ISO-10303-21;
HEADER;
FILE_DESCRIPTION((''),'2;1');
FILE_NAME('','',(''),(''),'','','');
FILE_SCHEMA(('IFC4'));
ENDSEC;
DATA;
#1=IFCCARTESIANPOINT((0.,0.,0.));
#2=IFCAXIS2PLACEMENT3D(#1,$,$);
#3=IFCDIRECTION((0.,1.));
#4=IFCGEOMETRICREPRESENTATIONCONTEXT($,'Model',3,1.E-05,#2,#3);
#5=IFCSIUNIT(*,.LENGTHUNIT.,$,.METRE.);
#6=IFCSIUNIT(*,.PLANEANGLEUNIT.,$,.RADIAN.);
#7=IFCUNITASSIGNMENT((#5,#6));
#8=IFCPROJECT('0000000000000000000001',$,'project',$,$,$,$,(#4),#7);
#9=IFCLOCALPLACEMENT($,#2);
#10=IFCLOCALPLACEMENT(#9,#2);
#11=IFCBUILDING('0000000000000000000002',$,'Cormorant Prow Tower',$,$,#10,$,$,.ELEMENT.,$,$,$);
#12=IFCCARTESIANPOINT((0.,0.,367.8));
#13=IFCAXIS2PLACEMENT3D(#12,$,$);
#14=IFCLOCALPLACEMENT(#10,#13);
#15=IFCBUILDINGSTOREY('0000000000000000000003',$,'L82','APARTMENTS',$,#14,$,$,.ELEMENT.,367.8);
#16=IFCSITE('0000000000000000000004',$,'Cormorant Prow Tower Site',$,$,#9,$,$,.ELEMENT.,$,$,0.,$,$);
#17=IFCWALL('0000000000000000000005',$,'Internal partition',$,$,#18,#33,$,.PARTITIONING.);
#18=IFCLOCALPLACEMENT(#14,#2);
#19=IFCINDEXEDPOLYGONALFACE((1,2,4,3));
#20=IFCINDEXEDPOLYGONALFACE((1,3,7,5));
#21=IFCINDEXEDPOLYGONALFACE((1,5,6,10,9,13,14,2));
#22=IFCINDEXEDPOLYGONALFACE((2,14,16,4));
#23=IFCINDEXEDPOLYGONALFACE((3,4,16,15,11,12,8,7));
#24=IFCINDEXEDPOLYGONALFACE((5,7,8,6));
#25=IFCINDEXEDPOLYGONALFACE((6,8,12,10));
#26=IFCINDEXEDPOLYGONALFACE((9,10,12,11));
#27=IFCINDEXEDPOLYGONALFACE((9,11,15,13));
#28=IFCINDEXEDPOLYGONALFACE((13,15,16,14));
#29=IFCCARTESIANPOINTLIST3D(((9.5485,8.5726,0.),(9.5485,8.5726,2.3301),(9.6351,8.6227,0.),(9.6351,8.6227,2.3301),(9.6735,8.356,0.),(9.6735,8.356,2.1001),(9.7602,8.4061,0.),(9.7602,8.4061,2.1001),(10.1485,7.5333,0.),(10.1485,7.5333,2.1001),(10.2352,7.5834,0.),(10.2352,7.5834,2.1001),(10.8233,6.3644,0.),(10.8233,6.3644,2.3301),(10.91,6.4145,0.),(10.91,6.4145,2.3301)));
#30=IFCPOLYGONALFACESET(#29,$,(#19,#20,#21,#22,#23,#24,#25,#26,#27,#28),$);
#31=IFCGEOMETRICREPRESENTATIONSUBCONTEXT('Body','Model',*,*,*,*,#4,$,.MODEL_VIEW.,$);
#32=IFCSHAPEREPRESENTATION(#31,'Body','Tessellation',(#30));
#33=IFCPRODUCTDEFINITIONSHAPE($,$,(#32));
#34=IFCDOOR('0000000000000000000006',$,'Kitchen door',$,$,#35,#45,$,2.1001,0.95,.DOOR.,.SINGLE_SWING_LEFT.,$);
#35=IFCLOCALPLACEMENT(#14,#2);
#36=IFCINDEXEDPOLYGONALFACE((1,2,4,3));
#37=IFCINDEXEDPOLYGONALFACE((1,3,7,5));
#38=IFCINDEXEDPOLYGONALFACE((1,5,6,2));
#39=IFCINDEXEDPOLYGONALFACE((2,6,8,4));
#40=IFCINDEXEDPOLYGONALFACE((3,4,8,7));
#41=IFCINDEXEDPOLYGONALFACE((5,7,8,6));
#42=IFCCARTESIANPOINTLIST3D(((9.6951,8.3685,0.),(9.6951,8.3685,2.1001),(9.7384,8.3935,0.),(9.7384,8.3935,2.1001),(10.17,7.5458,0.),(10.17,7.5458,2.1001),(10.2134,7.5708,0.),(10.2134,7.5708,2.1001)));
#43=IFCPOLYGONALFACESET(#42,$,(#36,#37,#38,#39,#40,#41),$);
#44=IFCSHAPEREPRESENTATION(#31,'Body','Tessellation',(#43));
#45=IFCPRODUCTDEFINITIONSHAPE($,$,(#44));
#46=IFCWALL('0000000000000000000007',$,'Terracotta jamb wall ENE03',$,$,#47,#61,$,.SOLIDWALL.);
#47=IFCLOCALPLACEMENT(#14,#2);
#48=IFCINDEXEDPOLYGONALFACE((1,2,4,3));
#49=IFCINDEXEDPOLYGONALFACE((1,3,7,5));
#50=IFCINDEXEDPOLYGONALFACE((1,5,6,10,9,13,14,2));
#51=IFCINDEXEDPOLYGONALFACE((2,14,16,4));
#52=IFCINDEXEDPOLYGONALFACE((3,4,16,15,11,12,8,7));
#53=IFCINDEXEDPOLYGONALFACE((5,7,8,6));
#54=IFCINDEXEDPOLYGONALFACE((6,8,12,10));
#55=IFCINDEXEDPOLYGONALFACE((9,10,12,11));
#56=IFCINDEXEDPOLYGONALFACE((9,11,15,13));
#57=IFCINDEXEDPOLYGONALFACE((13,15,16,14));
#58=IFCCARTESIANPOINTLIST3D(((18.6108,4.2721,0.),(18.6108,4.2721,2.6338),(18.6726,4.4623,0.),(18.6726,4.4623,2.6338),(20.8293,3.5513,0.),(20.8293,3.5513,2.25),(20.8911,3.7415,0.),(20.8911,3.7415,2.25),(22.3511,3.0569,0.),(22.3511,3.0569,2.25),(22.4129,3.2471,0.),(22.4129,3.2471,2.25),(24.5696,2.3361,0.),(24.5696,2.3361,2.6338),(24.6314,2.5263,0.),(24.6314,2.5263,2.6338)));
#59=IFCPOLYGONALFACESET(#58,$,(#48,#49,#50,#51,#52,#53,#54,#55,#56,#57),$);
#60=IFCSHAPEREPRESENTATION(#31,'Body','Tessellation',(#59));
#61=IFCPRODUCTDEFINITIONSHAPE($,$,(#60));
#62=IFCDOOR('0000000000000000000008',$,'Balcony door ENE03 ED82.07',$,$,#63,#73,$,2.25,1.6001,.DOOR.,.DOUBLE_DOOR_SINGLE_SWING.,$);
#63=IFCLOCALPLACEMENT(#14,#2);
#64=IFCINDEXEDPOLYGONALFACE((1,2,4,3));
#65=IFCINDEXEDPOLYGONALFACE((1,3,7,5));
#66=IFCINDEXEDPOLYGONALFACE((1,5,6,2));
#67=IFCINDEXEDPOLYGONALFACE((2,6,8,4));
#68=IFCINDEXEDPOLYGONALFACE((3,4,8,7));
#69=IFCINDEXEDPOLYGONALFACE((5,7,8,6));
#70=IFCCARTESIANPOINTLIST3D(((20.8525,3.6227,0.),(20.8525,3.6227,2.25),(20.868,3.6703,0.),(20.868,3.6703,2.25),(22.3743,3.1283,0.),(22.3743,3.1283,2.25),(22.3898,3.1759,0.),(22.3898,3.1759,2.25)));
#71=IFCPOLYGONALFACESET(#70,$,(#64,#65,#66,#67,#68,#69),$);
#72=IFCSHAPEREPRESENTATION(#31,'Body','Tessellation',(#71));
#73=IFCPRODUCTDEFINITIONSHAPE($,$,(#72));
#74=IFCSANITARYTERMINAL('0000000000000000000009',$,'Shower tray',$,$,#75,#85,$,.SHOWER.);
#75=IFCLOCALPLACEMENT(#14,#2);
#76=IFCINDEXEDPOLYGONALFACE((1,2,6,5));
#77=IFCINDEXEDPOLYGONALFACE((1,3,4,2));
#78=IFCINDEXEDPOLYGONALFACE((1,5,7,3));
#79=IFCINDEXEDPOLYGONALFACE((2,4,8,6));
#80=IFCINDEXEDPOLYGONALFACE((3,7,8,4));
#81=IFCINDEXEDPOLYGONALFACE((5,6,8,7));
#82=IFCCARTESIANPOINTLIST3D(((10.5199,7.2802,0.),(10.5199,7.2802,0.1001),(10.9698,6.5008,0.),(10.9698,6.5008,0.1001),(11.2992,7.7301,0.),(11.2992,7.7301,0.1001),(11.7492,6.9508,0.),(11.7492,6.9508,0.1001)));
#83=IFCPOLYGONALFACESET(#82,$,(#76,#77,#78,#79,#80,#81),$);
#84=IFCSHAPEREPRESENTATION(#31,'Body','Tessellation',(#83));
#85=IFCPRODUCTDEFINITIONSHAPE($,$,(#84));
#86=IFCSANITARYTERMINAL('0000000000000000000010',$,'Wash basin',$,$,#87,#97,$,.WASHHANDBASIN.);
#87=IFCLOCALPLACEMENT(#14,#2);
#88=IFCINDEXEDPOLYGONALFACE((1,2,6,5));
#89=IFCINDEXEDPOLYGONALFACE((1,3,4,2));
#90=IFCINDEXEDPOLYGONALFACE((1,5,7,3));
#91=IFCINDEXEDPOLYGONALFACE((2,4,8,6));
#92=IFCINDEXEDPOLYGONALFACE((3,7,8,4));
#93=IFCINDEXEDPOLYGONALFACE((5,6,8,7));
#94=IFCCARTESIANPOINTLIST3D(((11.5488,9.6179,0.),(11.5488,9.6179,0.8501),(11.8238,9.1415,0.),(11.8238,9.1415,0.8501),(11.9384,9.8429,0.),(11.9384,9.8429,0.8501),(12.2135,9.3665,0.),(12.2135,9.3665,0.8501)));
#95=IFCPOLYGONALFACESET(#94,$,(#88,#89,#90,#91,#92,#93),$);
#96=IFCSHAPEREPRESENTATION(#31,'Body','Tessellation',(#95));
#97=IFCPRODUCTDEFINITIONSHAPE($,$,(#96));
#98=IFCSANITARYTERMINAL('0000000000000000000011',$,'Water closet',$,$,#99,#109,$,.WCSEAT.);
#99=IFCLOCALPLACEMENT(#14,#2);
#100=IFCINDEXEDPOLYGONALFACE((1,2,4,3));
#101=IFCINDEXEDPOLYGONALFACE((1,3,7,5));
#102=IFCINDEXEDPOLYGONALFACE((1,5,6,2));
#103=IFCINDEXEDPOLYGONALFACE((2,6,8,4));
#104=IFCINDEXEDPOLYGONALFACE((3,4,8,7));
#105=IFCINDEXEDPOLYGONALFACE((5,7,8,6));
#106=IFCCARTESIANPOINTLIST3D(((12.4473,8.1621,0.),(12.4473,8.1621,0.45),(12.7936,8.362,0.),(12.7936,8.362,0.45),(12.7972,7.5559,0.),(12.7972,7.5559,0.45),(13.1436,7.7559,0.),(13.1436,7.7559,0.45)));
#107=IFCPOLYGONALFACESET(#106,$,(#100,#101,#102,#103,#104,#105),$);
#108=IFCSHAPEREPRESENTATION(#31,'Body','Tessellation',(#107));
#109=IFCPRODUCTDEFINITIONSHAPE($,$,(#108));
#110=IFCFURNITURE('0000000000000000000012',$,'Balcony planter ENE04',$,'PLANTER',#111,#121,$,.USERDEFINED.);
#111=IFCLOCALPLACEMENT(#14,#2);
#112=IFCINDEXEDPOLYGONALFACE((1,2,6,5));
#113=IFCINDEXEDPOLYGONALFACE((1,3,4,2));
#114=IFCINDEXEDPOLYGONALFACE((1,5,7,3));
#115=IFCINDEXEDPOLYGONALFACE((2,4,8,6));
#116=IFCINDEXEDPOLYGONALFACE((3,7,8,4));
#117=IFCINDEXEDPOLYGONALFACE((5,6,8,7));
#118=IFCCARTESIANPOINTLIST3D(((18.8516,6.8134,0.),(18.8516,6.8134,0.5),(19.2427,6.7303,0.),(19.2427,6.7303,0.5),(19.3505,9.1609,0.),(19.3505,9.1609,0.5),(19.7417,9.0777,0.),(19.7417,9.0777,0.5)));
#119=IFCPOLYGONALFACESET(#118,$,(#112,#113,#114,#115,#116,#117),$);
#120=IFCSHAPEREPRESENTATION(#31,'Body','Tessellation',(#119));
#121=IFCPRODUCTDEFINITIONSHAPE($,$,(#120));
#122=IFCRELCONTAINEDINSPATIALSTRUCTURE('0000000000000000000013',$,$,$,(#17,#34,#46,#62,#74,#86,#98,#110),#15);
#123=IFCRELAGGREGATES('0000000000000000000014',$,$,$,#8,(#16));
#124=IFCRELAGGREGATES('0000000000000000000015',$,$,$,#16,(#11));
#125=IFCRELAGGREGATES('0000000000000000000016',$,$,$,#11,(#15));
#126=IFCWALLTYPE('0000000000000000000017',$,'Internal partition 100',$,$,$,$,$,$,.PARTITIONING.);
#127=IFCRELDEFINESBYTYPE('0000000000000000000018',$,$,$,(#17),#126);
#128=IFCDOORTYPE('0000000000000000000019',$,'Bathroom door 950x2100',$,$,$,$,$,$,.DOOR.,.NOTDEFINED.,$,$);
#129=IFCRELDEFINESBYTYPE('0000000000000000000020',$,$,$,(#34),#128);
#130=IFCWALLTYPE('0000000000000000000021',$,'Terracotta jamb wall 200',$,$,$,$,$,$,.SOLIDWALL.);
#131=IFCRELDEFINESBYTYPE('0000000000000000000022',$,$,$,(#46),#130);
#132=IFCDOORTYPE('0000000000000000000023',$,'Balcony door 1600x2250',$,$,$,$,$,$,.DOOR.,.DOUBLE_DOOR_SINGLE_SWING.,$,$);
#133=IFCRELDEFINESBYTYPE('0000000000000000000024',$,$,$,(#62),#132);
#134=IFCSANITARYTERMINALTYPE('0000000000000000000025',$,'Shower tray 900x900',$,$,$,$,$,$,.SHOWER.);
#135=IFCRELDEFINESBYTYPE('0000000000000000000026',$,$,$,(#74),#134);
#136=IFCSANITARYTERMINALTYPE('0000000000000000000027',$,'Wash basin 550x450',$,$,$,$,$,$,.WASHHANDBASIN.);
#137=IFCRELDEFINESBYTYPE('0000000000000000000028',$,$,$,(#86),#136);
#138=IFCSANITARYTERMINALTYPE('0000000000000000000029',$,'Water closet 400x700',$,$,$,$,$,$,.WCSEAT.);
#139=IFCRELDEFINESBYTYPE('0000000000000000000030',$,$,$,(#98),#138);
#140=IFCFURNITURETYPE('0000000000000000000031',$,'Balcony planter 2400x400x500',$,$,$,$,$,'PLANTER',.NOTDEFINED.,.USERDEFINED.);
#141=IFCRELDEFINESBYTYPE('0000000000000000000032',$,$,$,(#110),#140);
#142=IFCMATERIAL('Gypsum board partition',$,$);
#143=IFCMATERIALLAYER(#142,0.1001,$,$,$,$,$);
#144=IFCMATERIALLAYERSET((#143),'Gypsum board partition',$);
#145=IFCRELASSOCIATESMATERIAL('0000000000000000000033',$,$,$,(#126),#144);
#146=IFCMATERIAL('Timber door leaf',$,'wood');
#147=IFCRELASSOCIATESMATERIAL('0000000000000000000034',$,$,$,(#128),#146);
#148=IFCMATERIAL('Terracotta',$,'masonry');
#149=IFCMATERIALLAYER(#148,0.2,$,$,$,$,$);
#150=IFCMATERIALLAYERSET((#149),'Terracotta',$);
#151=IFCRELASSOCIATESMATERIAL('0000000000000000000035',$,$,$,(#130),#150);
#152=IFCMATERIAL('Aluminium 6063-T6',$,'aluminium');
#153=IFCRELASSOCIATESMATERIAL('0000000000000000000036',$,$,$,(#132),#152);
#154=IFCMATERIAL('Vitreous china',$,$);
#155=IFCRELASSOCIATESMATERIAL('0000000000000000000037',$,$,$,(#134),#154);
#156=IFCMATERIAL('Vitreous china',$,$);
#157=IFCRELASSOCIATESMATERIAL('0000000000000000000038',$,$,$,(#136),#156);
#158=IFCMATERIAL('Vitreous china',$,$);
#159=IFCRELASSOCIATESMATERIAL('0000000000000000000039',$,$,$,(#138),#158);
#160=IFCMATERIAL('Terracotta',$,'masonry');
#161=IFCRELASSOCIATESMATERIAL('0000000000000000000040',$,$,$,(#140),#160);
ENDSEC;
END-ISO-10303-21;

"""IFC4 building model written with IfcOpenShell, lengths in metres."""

from ifc_helpers import new_model, si_unit, direction, frame, frame_2d, origin, origin_2d, place, context, subcontext, project, spatial, rectangle, extrude, material, layer, layer_set, type_object, element, fill, save


model = new_model("IFC4")

# Units and contexts
model_context = context("Model", 3, precision=1e-05, world=origin(), true_north=direction((0.0, 1.0)))
body_context = subcontext(model_context, "Body", "Model", "MODEL_VIEW")
ifc_project = project(units=[si_unit("LENGTHUNIT", "METRE"), si_unit("PLANEANGLEUNIT", "RADIAN")], contexts=[model_context])

# Site, building, storey
site_placement = place(None, origin())
site = spatial("IfcSite", under=ifc_project, at=site_placement, Name="Cormorant Prow Tower Site", CompositionType="ELEMENT", RefElevation=0.0)
building_placement = place(site_placement, origin())
building = spatial("IfcBuilding", under=site, at=building_placement, Name="Cormorant Prow Tower", CompositionType="ELEMENT")
storey_placement = place(building_placement, frame((0.0, 0.0, 367.8)))
storey = spatial("IfcBuildingStorey", under=building, at=storey_placement, Name="L82", Description="APARTMENTS", CompositionType="ELEMENT", Elevation=367.8)

# Shared definitions
ifc_material_1 = material(Name="Gypsum board partition")
ifc_layer_1 = layer(ifc_material_1, 0.1001)
ifc_layer_set_1 = layer_set([ifc_layer_1], Name="Gypsum board partition")
wall_type_1 = type_object("IfcWallType", Name="Internal partition 100", PredefinedType="PARTITIONING", material=ifc_layer_set_1)

# Walls, openings, doors
wall_1_placement = place(storey_placement, frame((9.5918, 8.5977, 0.0), z_axis=(0.0, 0.0, 1.0), x_axis=(0.49999, -0.866031, 0.0)))
wall_1 = element("IfcWall", 1, at=wall_1_placement, inside=storey, type_object=wall_type_1, Name="Internal partition", PredefinedType="PARTITIONING", context=body_context, shape_type="SweptSolid", body=[
    extrude(rectangle(XDim=2.5498, YDim=0.1001, at=frame_2d((1.2749, 0.0))), origin(), (0.0, 0.0, 1.0), 2.3301),
])
opening_1_placement = place(wall_1_placement, frame((0.25, 0.0, 0.0)))
opening_1 = element("IfcOpeningElement", 2, at=opening_1_placement, cuts=wall_1, PredefinedType="OPENING", context=body_context, shape_type="SweptSolid", body=[
    extrude(rectangle(XDim=0.95, YDim=2.1001, at=frame_2d((0.4751, 1.05))), frame((0.0, 0.0601, 0.0), z_axis=(0.0, -1.0, 0.0), x_axis=(1.0, 0.0, 0.0)), (0.0, 0.0, 1.0), 0.1201),
])
ifc_material_2 = material(Name="Timber door leaf", Category="wood")
door_type_1 = type_object("IfcDoorType", Name="Bathroom door 950x2100", OperationType="NOTDEFINED", PredefinedType="DOOR", material=ifc_material_2)
door_1_placement = place(opening_1_placement, origin())
door_1 = element("IfcDoor", 3, at=door_1_placement, inside=storey, type_object=door_type_1, Name="Kitchen door", OperationType="SINGLE_SWING_LEFT", OverallHeight=2.1001, OverallWidth=0.95, PredefinedType="DOOR", context=body_context, shape_type="SweptSolid", body=[
    extrude(rectangle(XDim=0.95, YDim=2.1001, at=frame_2d((0.4751, 1.05))), frame((0.0, 0.0249, 0.0), z_axis=(0.0, -1.0, 0.0), x_axis=(1.0, 0.0, 0.0)), (0.0, 0.0, 1.0), 0.05),
])
fill(opening_1, door_1)
ifc_material_3 = material(Name="Terracotta", Category="masonry")
ifc_layer_2 = layer(ifc_material_3, 0.2)
ifc_layer_set_2 = layer_set([ifc_layer_2], Name="Terracotta")
wall_type_2 = type_object("IfcWallType", Name="Terracotta jamb wall 200", PredefinedType="SOLIDWALL", material=ifc_layer_set_2)
wall_2_placement = place(storey_placement, frame((24.6006, 2.4312, 0.0), z_axis=(0.0, 0.0, 1.0), x_axis=(-0.95106, 0.309006, 0.0)))
wall_2 = element("IfcWall", 4, at=wall_2_placement, inside=storey, type_object=wall_type_2, Name="Terracotta jamb wall ENE03", PredefinedType="SOLIDWALL", context=body_context, shape_type="SweptSolid", body=[
    extrude(rectangle(XDim=6.2654, YDim=0.2, at=frame_2d((3.1328, 0.0))), origin(), (0.0, 0.0, 1.0), 2.6338),
])
opening_2_placement = place(wall_2_placement, frame((2.3328, 0.0, 0.0)))
opening_2 = element("IfcOpeningElement", 5, at=opening_2_placement, cuts=wall_2, PredefinedType="OPENING", context=body_context, shape_type="SweptSolid", body=[
    extrude(rectangle(XDim=1.6001, YDim=2.25, at=frame_2d((0.8, 1.125))), frame((0.0, 0.1099, 0.0), z_axis=(0.0, -1.0, 0.0), x_axis=(1.0, 0.0, 0.0)), (0.0, 0.0, 1.0), 0.22),
])
ifc_material_4 = material(Name="Aluminium 6063-T6", Category="aluminium")
door_type_2 = type_object("IfcDoorType", Name="Balcony door 1600x2250", OperationType="DOUBLE_DOOR_SINGLE_SWING", PredefinedType="DOOR", material=ifc_material_4)
door_2_placement = place(opening_2_placement, origin())
door_2 = element("IfcDoor", 6, at=door_2_placement, inside=storey, type_object=door_type_2, Name="Balcony door ENE03 ED82.07", OperationType="DOUBLE_DOOR_SINGLE_SWING", OverallHeight=2.25, OverallWidth=1.6001, PredefinedType="DOOR", context=body_context, shape_type="SweptSolid", body=[
    extrude(rectangle(XDim=1.6001, YDim=2.25, at=frame_2d((0.8, 1.125))), frame((0.0, 0.0249, 0.0), z_axis=(0.0, -1.0, 0.0), x_axis=(1.0, 0.0, 0.0)), (0.0, 0.0, 1.0), 0.05),
])
fill(opening_2, door_2)

# Sanitary terminals
ifc_material_5 = material(Name="Vitreous china")
sanitary_terminal_type_1 = type_object("IfcSanitaryTerminalType", Name="Shower tray 900x900", PredefinedType="SHOWER", material=ifc_material_5)
sanitary_terminal_1_placement = place(storey_placement, frame((11.1345, 7.1155, 0.0), z_axis=(0.0, 0.0, 1.0), x_axis=(-0.5, 0.866025, 0.0)))
element("IfcSanitaryTerminal", 7, at=sanitary_terminal_1_placement, inside=storey, type_object=sanitary_terminal_type_1, Name="Shower tray", PredefinedType="SHOWER", context=body_context, shape_type="SweptSolid", body=[
    extrude(rectangle(XDim=0.8999, YDim=0.8999, at=origin_2d()), origin(), (0.0, 0.0, 1.0), 0.1001),
])
ifc_material_6 = material(Name="Vitreous china")
sanitary_terminal_type_2 = type_object("IfcSanitaryTerminalType", Name="Wash basin 550x450", PredefinedType="WASHHANDBASIN", material=ifc_material_6)
sanitary_terminal_2_placement = place(storey_placement, frame((11.8811, 9.4922, 0.0), z_axis=(0.0, 0.0, 1.0), x_axis=(0.5, -0.866025, 0.0)))
element("IfcSanitaryTerminal", 8, at=sanitary_terminal_2_placement, inside=storey, type_object=sanitary_terminal_type_2, Name="Wash basin", PredefinedType="WASHHANDBASIN", context=body_context, shape_type="SweptSolid", body=[
    extrude(rectangle(XDim=0.55, YDim=0.45, at=origin_2d()), origin(), (0.0, 0.0, 1.0), 0.8501),
])
ifc_material_7 = material(Name="Vitreous china")
sanitary_terminal_type_3 = type_object("IfcSanitaryTerminalType", Name="Water closet 400x700", PredefinedType="WCSEAT", material=ifc_material_7)
sanitary_terminal_3_placement = place(storey_placement, frame((12.7954, 7.959, 0.0), z_axis=(0.0, 0.0, 1.0), x_axis=(-0.866025, -0.5, 0.0)))
element("IfcSanitaryTerminal", 9, at=sanitary_terminal_3_placement, inside=storey, type_object=sanitary_terminal_type_3, Name="Water closet", PredefinedType="WCSEAT", context=body_context, shape_type="SweptSolid", body=[
    extrude(rectangle(XDim=0.3999, YDim=0.7, at=origin_2d()), origin(), (0.0, 0.0, 1.0), 0.45),
])

# Furniture
ifc_material_8 = material(Name="Terracotta", Category="masonry")
furniture_type = type_object("IfcFurnitureType", Name="Balcony planter 2400x400x500", ElementType="PLANTER", AssemblyPlace="NOTDEFINED", PredefinedType="USERDEFINED", material=ifc_material_8)
furniture_placement = place(storey_placement, frame((19.2966, 7.9456, 0.0), z_axis=(0.0, 0.0, 1.0), x_axis=(0.207912, 0.978148, 0.0)))
element("IfcFurniture", 10, at=furniture_placement, inside=storey, type_object=furniture_type, Name="Balcony planter ENE04", ObjectType="PLANTER", PredefinedType="USERDEFINED", context=body_context, shape_type="SweptSolid", body=[
    extrude(rectangle(XDim=2.3999, YDim=0.3999, at=origin_2d()), origin(), (0.0, 0.0, 1.0), 0.5),
])

save(model, "model.ifc")
